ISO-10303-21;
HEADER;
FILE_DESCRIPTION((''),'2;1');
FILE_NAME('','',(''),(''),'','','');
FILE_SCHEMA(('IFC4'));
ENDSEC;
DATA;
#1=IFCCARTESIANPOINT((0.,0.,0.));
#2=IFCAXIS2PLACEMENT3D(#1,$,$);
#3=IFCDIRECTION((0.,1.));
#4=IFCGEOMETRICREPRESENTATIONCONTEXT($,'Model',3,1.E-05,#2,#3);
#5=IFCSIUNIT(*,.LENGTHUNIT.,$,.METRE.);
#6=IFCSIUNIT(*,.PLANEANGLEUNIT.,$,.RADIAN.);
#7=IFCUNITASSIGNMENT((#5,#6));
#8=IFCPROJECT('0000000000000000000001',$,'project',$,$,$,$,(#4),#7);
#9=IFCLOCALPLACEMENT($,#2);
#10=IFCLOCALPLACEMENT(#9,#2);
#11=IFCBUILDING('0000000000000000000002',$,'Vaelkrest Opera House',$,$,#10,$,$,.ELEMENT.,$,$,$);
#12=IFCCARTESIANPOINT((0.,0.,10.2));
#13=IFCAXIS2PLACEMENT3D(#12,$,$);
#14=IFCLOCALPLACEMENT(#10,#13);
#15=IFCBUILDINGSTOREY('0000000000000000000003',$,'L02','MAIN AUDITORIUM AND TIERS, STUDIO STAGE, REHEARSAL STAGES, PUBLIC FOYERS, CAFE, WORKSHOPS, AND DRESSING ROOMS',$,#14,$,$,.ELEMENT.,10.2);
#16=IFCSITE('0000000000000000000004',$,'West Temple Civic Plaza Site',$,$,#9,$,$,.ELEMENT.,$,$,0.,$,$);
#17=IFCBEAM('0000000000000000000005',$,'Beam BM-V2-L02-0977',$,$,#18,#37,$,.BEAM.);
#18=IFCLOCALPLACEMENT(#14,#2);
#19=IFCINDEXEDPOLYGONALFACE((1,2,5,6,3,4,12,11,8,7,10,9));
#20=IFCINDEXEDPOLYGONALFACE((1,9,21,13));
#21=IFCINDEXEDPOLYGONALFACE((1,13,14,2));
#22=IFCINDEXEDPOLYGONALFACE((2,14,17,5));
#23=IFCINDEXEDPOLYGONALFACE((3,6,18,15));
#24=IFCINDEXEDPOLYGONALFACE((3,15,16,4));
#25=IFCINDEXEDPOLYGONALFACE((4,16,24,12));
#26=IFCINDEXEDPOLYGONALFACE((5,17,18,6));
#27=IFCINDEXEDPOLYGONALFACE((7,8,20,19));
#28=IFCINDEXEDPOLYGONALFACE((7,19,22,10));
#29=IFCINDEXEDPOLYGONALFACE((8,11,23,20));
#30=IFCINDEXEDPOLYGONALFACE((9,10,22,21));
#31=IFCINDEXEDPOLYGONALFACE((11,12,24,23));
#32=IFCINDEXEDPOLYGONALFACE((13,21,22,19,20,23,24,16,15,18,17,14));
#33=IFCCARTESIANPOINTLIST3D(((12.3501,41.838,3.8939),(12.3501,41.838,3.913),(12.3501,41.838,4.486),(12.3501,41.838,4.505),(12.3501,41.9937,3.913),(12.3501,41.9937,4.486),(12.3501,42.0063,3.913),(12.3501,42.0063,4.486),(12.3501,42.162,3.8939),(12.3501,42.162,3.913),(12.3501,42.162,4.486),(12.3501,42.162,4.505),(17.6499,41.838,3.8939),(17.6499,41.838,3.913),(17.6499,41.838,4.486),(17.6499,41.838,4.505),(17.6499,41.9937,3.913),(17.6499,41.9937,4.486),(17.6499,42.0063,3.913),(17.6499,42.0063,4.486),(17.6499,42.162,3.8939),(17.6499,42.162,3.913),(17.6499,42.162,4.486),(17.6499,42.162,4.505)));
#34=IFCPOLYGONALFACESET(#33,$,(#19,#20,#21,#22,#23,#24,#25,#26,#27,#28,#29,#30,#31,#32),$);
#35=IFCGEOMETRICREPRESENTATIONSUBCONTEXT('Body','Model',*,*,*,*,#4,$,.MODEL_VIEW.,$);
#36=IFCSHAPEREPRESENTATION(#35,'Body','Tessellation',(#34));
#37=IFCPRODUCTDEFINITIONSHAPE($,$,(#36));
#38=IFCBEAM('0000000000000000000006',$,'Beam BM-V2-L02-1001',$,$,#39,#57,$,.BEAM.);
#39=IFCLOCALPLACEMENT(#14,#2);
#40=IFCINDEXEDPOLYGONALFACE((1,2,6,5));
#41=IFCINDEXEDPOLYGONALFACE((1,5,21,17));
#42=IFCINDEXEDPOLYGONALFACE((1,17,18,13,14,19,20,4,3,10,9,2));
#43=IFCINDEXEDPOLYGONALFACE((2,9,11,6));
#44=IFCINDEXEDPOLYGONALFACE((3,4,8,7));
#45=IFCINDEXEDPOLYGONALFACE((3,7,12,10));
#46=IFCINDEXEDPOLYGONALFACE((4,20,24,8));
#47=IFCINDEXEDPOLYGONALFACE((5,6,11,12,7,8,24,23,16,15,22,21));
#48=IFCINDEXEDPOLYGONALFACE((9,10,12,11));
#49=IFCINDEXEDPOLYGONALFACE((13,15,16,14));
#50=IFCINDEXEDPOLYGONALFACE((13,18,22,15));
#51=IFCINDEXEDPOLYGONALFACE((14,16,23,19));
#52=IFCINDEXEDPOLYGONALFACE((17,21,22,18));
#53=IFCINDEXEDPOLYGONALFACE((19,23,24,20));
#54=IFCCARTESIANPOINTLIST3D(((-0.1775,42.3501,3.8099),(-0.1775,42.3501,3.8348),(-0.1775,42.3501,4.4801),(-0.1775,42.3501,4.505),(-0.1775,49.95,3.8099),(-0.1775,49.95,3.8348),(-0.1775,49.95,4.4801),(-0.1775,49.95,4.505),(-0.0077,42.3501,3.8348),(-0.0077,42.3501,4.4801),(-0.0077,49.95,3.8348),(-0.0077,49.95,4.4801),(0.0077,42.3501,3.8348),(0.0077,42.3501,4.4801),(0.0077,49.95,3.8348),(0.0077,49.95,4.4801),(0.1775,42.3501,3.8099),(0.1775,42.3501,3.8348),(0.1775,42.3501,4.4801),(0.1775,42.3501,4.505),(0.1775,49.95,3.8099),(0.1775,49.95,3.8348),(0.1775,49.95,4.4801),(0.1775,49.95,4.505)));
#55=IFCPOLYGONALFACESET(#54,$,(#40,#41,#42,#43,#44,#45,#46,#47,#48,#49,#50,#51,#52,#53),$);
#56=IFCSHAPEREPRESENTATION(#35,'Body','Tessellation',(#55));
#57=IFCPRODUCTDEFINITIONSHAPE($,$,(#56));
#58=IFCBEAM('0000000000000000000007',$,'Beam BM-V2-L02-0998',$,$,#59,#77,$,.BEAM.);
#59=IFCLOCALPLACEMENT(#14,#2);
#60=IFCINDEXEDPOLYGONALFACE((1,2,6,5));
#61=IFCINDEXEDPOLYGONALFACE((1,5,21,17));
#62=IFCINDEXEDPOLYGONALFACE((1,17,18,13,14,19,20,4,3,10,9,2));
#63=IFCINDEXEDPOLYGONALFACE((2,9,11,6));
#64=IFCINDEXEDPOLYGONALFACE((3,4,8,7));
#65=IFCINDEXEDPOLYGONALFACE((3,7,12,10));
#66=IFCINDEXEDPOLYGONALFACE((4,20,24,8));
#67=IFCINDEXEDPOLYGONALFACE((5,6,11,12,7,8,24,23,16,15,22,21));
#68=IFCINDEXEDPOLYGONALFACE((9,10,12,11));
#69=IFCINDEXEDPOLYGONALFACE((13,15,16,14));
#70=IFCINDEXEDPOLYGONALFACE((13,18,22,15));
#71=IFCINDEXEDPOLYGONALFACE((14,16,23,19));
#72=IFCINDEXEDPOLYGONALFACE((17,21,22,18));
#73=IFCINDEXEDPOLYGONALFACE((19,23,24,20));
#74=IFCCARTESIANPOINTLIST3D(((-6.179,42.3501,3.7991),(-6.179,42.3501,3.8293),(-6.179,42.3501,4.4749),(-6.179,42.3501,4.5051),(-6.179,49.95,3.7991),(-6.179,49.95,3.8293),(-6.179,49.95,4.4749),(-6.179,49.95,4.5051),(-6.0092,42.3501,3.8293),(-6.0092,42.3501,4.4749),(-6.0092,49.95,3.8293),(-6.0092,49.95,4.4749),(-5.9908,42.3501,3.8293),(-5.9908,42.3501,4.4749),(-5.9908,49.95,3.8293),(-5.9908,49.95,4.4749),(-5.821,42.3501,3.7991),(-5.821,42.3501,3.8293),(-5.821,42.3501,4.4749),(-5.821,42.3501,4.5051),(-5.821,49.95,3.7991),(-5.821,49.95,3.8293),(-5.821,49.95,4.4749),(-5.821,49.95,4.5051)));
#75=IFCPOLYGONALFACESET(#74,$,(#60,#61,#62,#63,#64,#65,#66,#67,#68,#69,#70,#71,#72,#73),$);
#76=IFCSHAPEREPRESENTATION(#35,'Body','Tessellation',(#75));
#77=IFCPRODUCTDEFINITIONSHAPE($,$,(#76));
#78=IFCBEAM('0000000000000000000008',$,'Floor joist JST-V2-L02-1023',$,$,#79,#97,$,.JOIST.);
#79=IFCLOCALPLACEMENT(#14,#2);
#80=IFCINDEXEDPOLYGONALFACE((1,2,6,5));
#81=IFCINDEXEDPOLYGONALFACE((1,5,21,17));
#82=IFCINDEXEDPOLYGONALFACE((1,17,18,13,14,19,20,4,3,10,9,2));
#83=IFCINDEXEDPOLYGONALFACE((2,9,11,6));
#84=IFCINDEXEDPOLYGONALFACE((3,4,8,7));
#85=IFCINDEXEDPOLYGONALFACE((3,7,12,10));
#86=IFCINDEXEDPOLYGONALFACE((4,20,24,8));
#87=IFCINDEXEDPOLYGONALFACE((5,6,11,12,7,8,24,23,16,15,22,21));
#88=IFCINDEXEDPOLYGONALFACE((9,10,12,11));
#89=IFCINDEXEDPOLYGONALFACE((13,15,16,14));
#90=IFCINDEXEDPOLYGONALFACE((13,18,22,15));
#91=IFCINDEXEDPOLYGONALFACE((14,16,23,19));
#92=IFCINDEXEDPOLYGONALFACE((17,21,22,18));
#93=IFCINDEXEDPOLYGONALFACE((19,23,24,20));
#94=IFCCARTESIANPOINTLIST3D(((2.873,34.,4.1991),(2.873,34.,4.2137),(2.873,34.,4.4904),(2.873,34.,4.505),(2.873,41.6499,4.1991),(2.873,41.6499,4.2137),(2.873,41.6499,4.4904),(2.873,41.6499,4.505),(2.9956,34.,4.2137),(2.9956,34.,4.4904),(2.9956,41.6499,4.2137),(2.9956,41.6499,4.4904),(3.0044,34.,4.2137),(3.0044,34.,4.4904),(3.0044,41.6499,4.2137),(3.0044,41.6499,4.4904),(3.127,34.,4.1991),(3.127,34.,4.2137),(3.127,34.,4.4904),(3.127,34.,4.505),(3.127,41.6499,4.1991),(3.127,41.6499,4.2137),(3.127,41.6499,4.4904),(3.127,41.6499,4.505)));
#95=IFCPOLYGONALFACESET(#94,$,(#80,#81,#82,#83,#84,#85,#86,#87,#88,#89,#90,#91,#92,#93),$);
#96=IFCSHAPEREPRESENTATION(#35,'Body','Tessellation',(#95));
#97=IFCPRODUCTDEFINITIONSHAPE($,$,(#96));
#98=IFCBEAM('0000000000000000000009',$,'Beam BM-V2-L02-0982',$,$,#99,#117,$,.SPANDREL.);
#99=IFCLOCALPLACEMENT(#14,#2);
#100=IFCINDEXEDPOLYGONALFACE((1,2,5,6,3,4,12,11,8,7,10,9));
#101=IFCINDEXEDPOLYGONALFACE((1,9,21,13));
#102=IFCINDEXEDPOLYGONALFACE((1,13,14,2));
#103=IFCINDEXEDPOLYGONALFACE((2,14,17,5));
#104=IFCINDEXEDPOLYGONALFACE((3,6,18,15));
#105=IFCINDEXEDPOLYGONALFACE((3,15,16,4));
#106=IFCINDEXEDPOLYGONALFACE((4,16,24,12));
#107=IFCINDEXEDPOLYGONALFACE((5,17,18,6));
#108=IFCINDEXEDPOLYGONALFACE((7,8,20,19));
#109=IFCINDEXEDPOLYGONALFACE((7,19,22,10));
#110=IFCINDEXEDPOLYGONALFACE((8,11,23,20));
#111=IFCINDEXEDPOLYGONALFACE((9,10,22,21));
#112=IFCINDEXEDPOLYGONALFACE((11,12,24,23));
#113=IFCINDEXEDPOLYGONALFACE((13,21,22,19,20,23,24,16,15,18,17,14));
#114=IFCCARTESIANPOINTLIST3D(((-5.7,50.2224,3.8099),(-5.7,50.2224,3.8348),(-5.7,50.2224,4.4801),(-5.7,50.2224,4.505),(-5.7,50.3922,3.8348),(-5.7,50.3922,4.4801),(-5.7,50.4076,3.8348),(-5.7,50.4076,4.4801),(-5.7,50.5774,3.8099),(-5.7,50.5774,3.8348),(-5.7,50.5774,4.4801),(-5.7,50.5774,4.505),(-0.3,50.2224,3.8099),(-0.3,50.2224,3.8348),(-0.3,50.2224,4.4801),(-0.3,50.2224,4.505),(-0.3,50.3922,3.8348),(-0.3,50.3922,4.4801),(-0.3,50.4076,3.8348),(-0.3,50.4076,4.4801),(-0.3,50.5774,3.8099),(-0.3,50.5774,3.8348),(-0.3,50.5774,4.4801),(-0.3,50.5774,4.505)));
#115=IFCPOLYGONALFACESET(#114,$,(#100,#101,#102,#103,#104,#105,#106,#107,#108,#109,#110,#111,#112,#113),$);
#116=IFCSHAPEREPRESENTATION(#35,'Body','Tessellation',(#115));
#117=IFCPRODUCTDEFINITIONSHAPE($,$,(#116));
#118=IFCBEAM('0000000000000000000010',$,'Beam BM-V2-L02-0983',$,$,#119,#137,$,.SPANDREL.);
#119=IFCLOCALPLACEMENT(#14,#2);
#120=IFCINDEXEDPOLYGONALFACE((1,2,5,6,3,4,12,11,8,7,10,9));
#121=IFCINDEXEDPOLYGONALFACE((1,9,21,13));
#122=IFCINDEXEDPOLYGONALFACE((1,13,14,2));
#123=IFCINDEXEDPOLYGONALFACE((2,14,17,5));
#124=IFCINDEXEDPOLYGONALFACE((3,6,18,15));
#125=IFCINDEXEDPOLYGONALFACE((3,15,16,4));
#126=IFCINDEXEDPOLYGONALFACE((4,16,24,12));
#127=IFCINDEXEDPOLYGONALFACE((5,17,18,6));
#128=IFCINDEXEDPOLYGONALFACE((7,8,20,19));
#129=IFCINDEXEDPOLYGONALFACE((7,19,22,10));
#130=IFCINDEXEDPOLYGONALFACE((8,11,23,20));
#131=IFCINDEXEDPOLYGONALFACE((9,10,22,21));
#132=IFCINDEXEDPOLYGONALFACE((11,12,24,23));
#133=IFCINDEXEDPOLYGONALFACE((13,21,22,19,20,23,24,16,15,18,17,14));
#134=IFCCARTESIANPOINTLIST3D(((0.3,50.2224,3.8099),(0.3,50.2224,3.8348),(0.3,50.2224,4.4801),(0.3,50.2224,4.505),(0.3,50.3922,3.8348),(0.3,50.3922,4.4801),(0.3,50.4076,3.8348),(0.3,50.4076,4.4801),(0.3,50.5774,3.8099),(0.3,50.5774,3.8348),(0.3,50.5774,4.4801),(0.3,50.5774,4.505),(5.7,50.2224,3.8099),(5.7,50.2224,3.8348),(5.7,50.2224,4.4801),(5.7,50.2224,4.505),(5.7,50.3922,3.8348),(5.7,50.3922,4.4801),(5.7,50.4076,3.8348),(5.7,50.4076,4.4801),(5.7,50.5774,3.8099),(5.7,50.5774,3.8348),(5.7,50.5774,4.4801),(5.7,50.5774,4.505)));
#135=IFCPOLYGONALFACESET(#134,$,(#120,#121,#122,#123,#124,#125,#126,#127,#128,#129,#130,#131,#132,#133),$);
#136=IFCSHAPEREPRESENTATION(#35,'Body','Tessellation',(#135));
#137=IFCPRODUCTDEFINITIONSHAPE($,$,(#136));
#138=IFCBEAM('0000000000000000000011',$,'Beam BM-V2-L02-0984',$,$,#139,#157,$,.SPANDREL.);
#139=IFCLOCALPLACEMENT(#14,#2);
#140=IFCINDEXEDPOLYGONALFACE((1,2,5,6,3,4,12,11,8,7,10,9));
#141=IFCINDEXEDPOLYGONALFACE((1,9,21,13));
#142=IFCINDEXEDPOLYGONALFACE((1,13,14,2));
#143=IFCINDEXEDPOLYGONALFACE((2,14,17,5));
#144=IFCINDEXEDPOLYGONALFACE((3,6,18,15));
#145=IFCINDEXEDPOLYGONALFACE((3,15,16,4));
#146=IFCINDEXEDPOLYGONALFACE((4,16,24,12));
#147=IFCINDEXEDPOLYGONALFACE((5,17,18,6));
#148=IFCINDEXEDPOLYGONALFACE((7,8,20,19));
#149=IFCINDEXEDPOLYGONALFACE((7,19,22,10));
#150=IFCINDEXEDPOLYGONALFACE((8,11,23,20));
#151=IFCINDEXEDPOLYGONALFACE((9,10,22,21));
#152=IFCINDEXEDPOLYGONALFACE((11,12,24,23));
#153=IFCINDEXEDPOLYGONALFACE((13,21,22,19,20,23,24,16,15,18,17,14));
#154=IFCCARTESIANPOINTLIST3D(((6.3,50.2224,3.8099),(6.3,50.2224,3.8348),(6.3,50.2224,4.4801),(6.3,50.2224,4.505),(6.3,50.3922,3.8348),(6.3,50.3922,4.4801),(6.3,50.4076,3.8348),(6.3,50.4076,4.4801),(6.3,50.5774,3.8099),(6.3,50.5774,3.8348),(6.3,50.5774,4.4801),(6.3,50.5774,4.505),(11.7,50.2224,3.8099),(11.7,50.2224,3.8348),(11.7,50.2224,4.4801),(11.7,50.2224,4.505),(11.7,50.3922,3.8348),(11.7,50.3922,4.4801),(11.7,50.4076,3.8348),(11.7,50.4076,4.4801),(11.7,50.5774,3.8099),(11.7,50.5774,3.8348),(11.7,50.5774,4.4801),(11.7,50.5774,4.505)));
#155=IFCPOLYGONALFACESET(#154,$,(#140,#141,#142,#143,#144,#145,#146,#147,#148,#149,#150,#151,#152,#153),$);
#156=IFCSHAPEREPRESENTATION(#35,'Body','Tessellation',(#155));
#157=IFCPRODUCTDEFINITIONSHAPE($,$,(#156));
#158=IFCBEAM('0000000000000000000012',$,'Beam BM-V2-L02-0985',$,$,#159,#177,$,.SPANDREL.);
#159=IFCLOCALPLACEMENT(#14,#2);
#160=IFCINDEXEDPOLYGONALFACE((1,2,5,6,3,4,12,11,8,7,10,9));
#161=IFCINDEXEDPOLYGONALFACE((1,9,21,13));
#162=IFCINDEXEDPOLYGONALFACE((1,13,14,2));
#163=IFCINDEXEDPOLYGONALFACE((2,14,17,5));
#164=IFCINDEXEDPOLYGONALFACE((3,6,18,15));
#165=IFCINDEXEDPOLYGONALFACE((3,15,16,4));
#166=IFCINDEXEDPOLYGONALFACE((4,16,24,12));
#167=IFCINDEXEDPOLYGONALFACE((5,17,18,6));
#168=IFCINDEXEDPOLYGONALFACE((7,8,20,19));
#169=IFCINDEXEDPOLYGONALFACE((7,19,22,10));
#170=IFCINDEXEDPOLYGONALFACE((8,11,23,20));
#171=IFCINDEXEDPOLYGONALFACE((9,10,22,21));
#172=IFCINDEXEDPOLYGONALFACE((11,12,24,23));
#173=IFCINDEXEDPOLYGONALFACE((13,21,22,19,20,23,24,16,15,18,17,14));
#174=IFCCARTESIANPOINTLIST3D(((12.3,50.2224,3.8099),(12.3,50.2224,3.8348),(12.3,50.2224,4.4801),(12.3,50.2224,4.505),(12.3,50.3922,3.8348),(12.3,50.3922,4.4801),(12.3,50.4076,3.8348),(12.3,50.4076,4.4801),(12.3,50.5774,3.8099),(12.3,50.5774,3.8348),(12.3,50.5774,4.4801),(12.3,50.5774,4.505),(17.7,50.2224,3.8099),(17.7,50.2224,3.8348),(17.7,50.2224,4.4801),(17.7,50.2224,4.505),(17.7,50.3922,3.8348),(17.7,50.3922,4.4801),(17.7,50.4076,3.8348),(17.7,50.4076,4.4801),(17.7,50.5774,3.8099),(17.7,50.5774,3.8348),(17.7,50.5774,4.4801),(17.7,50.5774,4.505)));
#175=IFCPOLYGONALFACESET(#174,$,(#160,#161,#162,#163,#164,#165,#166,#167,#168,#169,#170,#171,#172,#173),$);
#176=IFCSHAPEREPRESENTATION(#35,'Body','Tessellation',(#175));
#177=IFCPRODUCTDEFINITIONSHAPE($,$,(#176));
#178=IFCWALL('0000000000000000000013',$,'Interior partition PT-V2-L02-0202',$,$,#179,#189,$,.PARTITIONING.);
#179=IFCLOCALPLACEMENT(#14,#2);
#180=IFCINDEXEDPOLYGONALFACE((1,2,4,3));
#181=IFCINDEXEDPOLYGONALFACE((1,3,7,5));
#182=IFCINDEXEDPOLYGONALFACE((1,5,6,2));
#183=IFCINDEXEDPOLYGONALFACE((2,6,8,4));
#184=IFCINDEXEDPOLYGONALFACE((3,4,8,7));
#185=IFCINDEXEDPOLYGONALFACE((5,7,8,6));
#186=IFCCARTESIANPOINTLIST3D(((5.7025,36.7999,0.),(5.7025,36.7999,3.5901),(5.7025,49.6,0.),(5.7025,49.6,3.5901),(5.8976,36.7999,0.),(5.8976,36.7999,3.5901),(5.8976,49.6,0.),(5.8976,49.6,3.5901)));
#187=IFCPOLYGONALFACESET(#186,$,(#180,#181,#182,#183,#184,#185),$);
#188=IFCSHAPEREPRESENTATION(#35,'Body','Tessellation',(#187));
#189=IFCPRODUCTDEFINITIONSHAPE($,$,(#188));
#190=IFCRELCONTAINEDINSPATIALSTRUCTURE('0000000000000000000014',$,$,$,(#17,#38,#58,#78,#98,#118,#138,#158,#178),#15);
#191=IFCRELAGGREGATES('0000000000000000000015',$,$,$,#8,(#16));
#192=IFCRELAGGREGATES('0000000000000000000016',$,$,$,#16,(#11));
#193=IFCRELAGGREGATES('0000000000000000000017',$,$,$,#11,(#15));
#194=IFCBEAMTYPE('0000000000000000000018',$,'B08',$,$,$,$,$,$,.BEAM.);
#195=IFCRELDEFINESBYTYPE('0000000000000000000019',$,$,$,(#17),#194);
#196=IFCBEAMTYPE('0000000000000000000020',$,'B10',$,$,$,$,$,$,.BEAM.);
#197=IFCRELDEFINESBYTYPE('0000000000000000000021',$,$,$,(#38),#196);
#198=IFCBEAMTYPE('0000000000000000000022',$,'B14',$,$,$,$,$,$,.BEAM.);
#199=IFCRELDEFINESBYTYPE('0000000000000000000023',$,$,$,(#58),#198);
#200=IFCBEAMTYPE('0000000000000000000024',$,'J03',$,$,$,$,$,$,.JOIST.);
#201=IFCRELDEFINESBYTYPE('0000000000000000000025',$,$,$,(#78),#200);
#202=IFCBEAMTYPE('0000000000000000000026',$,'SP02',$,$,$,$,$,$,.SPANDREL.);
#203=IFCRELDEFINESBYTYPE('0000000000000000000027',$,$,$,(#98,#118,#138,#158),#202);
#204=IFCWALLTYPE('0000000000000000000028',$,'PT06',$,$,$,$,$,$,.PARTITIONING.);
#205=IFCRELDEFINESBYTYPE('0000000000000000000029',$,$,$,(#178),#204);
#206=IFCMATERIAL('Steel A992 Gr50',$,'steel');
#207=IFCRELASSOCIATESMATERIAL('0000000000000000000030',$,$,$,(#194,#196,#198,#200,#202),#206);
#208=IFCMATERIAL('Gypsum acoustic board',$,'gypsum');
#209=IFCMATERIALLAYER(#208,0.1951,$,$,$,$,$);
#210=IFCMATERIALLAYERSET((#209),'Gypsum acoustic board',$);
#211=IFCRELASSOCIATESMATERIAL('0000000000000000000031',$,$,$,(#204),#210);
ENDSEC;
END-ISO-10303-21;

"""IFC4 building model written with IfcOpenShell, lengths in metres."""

from ifc_helpers import new_model, si_unit, direction, frame, frame_2d, origin, origin_2d, place, context, subcontext, project, spatial, rectangle, i_section, extrude, material, layer, layer_set, material_profile, profile_set, type_object, element, save


model = new_model("IFC4")

# Units and contexts
model_context = context("Model", 3, precision=1e-05, world=origin(), true_north=direction((0.0, 1.0)))
body_context = subcontext(model_context, "Body", "Model", "MODEL_VIEW")
ifc_project = project(units=[si_unit("LENGTHUNIT", "METRE"), si_unit("PLANEANGLEUNIT", "RADIAN")], contexts=[model_context])

# Site, building, storey
site_placement = place(None, origin())
site = spatial("IfcSite", under=ifc_project, at=site_placement, Name="West Temple Civic Plaza Site", CompositionType="ELEMENT", RefElevation=0.0)
building_placement = place(site_placement, origin())
building = spatial("IfcBuilding", under=site, at=building_placement, Name="Vaelkrest Opera House", CompositionType="ELEMENT")
storey_placement = place(building_placement, frame((0.0, 0.0, 10.2)))
storey = spatial("IfcBuildingStorey", under=building, at=storey_placement, Name="L02", Description="MAIN AUDITORIUM AND TIERS, STUDIO STAGE, REHEARSAL STAGES, PUBLIC FOYERS, CAFE, WORKSHOPS, AND DRESSING ROOMS", CompositionType="ELEMENT", Elevation=10.2)

# Beams
ifc_material_1 = material(Name="Steel A992 Gr50", Category="steel")
ifc_material_profile_1 = material_profile(ifc_material_1, i_section(OverallWidth=0.324, OverallDepth=0.6111, WebThickness=0.0127, FlangeThickness=0.019, at=origin_2d()), Name="W24X104")
ifc_profile_set_1 = profile_set([ifc_material_profile_1], Name="Steel A992 Gr50")
beam_type_1 = type_object("IfcBeamType", Name="B08", PredefinedType="BEAM", material=ifc_profile_set_1)
beam_1_placement = place(storey_placement, frame((12.3501, 42.0, 4.1995), z_axis=(1.0, 0.0, 0.0), x_axis=(0.0, 1.0, 0.0)))
element("IfcBeam", 1, at=beam_1_placement, inside=storey, type_object=beam_type_1, Name="Beam BM-V2-L02-0977", PredefinedType="BEAM", context=body_context, shape_type="SweptSolid", body=[
    extrude(i_section(OverallWidth=0.324, OverallDepth=0.6111, WebThickness=0.0127, FlangeThickness=0.019, at=origin_2d()), origin(), (0.0, 0.0, 1.0), 5.2998),
])
ifc_material_profile_2 = material_profile(ifc_material_1, i_section(OverallWidth=0.355, OverallDepth=0.6951, WebThickness=0.0154, FlangeThickness=0.0249, at=origin_2d()), Name="W27X146")
ifc_profile_set_2 = profile_set([ifc_material_profile_2], Name="Steel A992 Gr50")
beam_type_2 = type_object("IfcBeamType", Name="B10", PredefinedType="BEAM", material=ifc_profile_set_2)
beam_2_placement = place(storey_placement, frame((0.0, 42.3501, 4.1575), z_axis=(0.0, 1.0, 0.0), x_axis=(-1.0, 0.0, 0.0)))
element("IfcBeam", 2, at=beam_2_placement, inside=storey, type_object=beam_type_2, Name="Beam BM-V2-L02-1001", PredefinedType="BEAM", context=body_context, shape_type="SweptSolid", body=[
    extrude(i_section(OverallWidth=0.355, OverallDepth=0.6951, WebThickness=0.0154, FlangeThickness=0.0249, at=origin_2d()), origin(), (0.0, 0.0, 1.0), 7.5999),
])
ifc_material_profile_3 = material_profile(ifc_material_1, i_section(OverallWidth=0.3579, OverallDepth=0.7061, WebThickness=0.0183, FlangeThickness=0.0303, at=origin_2d()), Name="W27X178")
ifc_profile_set_3 = profile_set([ifc_material_profile_3], Name="Steel A992 Gr50")
beam_type_3 = type_object("IfcBeamType", Name="B14", PredefinedType="BEAM", material=ifc_profile_set_3)
beam_3_placement = place(storey_placement, frame((-6.0, 42.3501, 4.1521), z_axis=(0.0, 1.0, 0.0), x_axis=(-1.0, 0.0, 0.0)))
element("IfcBeam", 3, at=beam_3_placement, inside=storey, type_object=beam_type_3, Name="Beam BM-V2-L02-0998", PredefinedType="BEAM", context=body_context, shape_type="SweptSolid", body=[
    extrude(i_section(OverallWidth=0.3579, OverallDepth=0.7061, WebThickness=0.0183, FlangeThickness=0.0303, at=origin_2d()), origin(), (0.0, 0.0, 1.0), 7.5999),
])
ifc_material_profile_4 = material_profile(ifc_material_1, i_section(OverallWidth=0.2539, OverallDepth=0.3059, WebThickness=0.0088, FlangeThickness=0.0146, at=origin_2d()), Name="W12X53")
ifc_profile_set_4 = profile_set([ifc_material_profile_4], Name="Steel A992 Gr50")
beam_type_4 = type_object("IfcBeamType", Name="J03", PredefinedType="JOIST", material=ifc_profile_set_4)
beam_4_placement = place(storey_placement, frame((3.0, 34.0, 4.3521), z_axis=(0.0, 1.0, 0.0), x_axis=(-1.0, 0.0, 0.0)))
element("IfcBeam", 4, at=beam_4_placement, inside=storey, type_object=beam_type_4, Name="Floor joist JST-V2-L02-1023", PredefinedType="JOIST", context=body_context, shape_type="SweptSolid", body=[
    extrude(i_section(OverallWidth=0.2539, OverallDepth=0.3059, WebThickness=0.0088, FlangeThickness=0.0146, at=origin_2d()), origin(), (0.0, 0.0, 1.0), 7.6499),
])
ifc_material_profile_5 = material_profile(ifc_material_1, i_section(OverallWidth=0.355, OverallDepth=0.6951, WebThickness=0.0154, FlangeThickness=0.0249, at=origin_2d()), Name="W27X146")
ifc_profile_set_5 = profile_set([ifc_material_profile_5], Name="Steel A992 Gr50")
beam_type_5 = type_object("IfcBeamType", Name="SP02", PredefinedType="SPANDREL", material=ifc_profile_set_5)
for number, where, z_axis, x_axis, name in (
    (5, (-5.7, 50.3999, 4.1575), (1.0, 0.0, 0.0), (0.0, 1.0, 0.0), "Beam BM-V2-L02-0982"),
    (6, (0.3, 50.3999, 4.1575), (1.0, 0.0, 0.0), (0.0, 1.0, 0.0), "Beam BM-V2-L02-0983"),
    (7, (6.3, 50.3999, 4.1575), (1.0, 0.0, 0.0), (0.0, 1.0, 0.0), "Beam BM-V2-L02-0984"),
    (8, (12.3, 50.3999, 4.1575), (1.0, 0.0, 0.0), (0.0, 1.0, 0.0), "Beam BM-V2-L02-0985"),
):
    element("IfcBeam", number, at=place(storey_placement, frame(where, z_axis=z_axis, x_axis=x_axis)), inside=storey, type_object=beam_type_5, Name=name, PredefinedType="SPANDREL", context=body_context, shape_type="SweptSolid", body=[
        extrude(i_section(OverallWidth=0.355, OverallDepth=0.6951, WebThickness=0.0154, FlangeThickness=0.0249, at=origin_2d()), origin(), (0.0, 0.0, 1.0), 5.3999),
    ])

# Wall
ifc_material_2 = material(Name="Gypsum acoustic board", Category="gypsum")
ifc_layer_1 = layer(ifc_material_2, 0.1951)
ifc_layer_set_1 = layer_set([ifc_layer_1], Name="Gypsum acoustic board")
wall_type_1 = type_object("IfcWallType", Name="PT06", PredefinedType="PARTITIONING", material=ifc_layer_set_1)
wall_1_placement = place(storey_placement, frame((5.8, 36.8, 0.0), z_axis=(0.0, 0.0, 1.0), x_axis=(0.0, 1.0, 0.0)))
element("IfcWall", 9, at=wall_1_placement, inside=storey, type_object=wall_type_1, Name="Interior partition PT-V2-L02-0202", PredefinedType="PARTITIONING", context=body_context, shape_type="SweptSolid", body=[
    extrude(rectangle(XDim=12.8, YDim=0.1951, at=frame_2d((6.3999, 0.0))), origin(), (0.0, 0.0, 1.0), 3.5901),
])

save(model, "model.ifc")
